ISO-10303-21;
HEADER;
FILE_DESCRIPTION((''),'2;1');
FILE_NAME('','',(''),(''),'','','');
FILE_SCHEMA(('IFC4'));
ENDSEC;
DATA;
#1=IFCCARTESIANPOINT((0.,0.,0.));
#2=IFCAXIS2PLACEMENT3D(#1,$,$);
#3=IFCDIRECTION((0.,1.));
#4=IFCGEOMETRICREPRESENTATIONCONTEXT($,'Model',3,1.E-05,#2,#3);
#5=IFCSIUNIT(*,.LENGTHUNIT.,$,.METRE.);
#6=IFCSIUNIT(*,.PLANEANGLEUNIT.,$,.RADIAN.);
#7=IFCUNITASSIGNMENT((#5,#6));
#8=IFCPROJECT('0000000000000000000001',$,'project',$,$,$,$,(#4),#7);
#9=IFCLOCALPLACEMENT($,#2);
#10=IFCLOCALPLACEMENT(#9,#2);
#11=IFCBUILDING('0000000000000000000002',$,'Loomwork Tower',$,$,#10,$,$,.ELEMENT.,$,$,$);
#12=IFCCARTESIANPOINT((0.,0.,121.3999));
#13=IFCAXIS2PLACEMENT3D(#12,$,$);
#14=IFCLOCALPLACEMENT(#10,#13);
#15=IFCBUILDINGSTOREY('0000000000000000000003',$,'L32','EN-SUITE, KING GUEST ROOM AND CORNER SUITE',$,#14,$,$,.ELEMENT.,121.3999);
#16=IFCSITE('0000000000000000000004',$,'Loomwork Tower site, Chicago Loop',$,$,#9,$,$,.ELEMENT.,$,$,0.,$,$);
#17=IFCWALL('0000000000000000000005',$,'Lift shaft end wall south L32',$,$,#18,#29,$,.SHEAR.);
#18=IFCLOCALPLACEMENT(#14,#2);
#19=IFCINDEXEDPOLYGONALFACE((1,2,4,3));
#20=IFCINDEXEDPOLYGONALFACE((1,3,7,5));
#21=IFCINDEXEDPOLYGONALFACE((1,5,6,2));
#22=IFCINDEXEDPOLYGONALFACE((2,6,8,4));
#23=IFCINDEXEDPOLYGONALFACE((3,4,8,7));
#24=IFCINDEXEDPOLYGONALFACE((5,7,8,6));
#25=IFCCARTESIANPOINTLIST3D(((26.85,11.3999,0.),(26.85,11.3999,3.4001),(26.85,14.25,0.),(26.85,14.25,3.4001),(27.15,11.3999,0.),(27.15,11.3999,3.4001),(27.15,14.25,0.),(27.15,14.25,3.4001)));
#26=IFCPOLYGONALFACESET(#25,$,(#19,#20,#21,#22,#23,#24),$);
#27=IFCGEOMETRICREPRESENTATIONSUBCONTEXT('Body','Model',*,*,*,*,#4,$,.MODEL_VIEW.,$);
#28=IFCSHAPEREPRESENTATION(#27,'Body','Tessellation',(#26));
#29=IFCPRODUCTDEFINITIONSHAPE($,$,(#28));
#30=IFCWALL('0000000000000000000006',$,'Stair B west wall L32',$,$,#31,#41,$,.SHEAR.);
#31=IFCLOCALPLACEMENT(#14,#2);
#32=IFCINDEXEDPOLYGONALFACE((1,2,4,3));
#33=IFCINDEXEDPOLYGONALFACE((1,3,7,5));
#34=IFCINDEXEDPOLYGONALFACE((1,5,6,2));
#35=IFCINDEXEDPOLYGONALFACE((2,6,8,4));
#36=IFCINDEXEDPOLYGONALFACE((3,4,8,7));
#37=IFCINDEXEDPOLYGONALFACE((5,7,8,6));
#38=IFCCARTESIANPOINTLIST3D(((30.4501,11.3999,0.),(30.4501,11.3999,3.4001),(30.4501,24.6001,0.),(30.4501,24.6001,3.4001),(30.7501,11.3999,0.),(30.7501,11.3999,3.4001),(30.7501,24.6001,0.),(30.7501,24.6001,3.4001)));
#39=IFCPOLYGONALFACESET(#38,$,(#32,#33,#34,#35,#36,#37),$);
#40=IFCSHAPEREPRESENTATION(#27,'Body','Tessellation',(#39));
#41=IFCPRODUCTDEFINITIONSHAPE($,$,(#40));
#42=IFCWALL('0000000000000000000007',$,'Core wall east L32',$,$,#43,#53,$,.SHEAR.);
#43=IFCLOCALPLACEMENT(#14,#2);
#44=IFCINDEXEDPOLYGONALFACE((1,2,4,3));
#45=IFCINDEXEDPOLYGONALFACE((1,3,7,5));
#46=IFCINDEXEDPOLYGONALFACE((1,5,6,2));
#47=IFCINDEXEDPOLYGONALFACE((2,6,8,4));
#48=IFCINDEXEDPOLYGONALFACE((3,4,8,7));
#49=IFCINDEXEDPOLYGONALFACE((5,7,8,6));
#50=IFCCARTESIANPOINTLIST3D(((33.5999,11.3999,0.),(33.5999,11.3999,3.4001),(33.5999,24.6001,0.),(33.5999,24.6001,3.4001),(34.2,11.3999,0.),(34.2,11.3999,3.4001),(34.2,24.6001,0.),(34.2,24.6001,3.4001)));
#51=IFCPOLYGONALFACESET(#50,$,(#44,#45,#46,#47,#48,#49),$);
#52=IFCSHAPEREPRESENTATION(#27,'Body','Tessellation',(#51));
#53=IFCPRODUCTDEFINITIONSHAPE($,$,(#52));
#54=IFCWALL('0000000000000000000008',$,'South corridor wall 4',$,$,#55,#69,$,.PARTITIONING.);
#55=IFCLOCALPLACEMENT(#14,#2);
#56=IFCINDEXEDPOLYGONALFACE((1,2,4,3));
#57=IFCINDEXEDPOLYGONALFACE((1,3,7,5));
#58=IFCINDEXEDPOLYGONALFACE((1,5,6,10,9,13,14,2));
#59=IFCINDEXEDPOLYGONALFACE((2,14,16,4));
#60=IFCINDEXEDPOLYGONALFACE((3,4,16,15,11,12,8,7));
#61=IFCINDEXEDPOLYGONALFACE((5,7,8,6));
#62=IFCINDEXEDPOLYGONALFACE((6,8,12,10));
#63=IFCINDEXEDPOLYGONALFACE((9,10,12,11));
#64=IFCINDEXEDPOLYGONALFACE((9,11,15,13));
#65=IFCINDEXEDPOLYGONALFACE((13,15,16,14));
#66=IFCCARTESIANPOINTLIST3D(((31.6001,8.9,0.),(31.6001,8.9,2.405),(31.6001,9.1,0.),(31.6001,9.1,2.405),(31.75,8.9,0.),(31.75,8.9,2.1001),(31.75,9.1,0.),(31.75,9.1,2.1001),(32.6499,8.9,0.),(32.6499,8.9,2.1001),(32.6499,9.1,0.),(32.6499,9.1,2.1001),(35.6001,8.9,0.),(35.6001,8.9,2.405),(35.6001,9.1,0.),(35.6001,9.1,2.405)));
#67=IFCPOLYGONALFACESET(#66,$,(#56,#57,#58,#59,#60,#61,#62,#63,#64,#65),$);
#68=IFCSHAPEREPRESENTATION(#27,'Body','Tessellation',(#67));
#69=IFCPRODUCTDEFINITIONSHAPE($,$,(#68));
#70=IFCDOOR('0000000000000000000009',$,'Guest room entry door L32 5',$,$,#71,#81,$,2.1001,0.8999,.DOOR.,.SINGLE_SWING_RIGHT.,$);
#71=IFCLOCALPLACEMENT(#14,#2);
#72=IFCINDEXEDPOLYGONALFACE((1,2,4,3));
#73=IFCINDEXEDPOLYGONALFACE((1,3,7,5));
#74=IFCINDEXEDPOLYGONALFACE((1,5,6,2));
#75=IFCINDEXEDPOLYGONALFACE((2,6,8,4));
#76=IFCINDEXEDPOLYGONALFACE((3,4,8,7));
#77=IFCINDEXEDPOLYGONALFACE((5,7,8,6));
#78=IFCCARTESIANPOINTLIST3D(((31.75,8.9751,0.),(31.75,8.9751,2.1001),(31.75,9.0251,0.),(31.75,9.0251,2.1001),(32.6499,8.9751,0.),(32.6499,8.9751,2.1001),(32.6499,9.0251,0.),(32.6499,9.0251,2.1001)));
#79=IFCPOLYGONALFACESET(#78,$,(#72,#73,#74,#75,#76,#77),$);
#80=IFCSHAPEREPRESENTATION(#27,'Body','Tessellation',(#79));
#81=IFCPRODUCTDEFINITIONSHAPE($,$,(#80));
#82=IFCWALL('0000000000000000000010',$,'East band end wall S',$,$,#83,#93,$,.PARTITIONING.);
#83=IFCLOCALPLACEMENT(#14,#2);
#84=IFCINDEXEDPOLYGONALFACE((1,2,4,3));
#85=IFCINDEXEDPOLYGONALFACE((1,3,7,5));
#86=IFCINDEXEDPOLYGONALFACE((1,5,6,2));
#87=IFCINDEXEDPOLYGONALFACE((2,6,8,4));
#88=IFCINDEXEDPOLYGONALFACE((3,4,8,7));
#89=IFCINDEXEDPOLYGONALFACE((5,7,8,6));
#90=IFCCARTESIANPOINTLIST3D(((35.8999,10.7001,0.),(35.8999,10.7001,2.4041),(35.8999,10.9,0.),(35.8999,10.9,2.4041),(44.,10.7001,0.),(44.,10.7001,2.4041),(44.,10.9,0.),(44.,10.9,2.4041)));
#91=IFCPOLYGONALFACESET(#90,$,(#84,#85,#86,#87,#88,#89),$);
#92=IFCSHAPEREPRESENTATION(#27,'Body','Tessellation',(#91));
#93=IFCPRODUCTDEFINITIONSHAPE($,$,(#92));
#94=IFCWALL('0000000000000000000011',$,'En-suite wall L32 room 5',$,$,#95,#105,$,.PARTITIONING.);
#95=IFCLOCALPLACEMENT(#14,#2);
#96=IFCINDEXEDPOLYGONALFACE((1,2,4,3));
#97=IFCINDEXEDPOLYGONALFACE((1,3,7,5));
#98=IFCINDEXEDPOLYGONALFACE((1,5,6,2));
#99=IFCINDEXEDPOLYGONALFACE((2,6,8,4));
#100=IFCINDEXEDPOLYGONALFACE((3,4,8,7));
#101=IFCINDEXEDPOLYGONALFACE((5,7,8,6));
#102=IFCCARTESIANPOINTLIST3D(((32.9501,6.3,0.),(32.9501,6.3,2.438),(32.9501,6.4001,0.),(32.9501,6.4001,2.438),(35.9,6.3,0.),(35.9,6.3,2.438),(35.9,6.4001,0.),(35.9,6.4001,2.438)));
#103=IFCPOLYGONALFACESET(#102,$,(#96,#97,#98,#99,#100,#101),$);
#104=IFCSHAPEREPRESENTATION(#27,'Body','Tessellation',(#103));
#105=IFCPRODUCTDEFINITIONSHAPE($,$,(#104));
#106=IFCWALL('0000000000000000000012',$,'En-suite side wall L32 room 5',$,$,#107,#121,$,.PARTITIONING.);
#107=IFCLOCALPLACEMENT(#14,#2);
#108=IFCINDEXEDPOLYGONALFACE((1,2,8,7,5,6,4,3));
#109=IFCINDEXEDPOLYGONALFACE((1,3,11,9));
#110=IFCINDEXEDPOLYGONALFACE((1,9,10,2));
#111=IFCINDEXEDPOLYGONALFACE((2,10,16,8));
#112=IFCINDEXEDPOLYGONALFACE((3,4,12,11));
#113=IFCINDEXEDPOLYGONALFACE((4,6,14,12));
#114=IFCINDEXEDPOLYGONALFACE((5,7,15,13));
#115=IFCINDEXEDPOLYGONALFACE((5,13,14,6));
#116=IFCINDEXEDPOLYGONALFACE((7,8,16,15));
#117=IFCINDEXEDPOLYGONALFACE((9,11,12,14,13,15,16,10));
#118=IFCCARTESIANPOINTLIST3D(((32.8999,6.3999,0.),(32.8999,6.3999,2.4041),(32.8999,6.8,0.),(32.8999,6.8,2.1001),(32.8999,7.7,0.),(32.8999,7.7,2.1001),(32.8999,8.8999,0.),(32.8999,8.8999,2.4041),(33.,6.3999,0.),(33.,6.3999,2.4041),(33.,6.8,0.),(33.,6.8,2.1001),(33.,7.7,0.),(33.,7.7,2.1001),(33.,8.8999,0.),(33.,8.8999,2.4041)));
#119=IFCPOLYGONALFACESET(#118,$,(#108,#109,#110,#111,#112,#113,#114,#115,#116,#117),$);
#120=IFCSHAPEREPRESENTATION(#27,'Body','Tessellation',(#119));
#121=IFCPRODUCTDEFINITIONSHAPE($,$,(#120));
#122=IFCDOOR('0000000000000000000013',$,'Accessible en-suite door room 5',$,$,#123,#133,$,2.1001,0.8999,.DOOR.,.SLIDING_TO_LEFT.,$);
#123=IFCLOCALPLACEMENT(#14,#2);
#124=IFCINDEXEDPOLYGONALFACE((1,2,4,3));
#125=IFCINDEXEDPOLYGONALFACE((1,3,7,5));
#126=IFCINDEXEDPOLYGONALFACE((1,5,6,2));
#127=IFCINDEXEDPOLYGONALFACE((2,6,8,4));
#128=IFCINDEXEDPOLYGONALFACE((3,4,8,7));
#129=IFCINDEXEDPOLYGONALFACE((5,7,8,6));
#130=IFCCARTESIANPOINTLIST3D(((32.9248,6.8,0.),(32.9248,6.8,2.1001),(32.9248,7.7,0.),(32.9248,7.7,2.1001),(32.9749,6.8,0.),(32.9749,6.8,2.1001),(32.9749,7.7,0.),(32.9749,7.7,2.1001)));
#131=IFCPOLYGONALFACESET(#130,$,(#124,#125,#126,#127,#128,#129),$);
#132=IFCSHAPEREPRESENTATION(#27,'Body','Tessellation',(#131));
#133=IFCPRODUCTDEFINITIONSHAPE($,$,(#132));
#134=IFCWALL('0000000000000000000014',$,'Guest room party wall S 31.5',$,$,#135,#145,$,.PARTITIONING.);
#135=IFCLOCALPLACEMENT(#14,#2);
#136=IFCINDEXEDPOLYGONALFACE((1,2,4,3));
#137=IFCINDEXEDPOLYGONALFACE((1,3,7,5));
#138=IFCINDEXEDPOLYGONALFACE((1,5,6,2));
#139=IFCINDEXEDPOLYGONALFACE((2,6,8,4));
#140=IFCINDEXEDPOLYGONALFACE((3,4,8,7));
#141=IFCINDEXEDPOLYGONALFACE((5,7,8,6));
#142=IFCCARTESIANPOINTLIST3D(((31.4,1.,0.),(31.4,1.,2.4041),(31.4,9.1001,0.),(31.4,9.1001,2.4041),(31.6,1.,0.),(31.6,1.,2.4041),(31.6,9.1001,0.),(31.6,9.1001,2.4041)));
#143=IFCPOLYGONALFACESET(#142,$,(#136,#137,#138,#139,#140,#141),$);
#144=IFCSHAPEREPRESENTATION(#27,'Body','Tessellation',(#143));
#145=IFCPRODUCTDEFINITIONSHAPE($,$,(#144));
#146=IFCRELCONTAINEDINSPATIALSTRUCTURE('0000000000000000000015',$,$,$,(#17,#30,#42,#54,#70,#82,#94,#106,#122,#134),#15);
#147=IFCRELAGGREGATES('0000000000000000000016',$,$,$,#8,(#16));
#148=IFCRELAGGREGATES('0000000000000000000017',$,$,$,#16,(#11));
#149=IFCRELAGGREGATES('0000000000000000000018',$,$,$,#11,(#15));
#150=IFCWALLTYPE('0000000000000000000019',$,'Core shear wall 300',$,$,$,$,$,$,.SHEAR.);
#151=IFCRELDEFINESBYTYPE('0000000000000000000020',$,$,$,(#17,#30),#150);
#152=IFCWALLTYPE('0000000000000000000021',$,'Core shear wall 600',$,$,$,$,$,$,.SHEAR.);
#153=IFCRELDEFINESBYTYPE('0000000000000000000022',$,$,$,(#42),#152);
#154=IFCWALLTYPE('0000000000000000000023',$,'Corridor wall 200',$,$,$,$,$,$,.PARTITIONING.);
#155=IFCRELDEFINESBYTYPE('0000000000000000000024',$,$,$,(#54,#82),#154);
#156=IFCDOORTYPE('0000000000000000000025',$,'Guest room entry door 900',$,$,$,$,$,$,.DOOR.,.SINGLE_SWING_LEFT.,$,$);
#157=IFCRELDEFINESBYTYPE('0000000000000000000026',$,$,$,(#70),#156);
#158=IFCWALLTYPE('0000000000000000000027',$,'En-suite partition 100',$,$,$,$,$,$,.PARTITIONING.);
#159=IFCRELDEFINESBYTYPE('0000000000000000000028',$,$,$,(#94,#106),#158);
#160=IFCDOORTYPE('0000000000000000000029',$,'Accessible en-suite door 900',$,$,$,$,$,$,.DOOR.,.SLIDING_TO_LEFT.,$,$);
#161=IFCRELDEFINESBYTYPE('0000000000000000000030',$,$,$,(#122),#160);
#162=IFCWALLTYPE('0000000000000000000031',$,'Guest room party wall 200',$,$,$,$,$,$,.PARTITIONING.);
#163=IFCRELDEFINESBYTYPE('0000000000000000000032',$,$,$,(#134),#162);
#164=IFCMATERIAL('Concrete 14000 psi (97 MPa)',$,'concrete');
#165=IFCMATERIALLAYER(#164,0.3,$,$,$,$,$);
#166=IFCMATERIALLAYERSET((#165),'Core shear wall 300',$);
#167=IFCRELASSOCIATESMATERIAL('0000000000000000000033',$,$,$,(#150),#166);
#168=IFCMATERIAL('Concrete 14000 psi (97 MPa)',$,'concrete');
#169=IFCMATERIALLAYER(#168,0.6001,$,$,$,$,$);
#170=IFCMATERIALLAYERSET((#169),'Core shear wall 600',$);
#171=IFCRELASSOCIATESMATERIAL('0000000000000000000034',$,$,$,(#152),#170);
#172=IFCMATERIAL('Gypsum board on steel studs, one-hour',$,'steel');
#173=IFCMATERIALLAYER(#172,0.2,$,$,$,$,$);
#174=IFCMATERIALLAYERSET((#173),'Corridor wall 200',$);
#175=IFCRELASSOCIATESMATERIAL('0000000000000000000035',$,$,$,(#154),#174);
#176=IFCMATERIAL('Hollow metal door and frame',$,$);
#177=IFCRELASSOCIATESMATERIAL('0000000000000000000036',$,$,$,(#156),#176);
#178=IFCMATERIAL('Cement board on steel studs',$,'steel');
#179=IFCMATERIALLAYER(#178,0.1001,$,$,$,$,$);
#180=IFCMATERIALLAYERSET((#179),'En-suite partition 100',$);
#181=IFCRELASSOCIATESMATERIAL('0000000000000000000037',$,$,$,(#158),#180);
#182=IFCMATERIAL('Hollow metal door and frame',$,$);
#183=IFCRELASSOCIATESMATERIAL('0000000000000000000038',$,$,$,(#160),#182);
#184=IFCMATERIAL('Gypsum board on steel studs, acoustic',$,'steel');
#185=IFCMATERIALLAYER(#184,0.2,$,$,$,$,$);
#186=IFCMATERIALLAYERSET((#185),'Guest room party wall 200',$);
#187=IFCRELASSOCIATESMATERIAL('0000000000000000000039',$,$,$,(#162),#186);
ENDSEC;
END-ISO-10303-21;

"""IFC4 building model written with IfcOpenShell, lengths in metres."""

from ifc_helpers import new_model, si_unit, direction, frame, frame_2d, origin, place, context, subcontext, project, spatial, rectangle, extrude, material, layer, layer_set, type_object, element, fill, save


model = new_model("IFC4")

# Units and contexts
model_context = context("Model", 3, precision=1e-05, world=origin(), true_north=direction((0.0, 1.0)))
body_context = subcontext(model_context, "Body", "Model", "MODEL_VIEW")
ifc_project = project(units=[si_unit("LENGTHUNIT", "METRE"), si_unit("PLANEANGLEUNIT", "RADIAN")], contexts=[model_context])

# Site, building, storey
site_placement = place(None, origin())
site = spatial("IfcSite", under=ifc_project, at=site_placement, Name="Loomwork Tower site, Chicago Loop", CompositionType="ELEMENT", RefElevation=0.0)
building_placement = place(site_placement, origin())
building = spatial("IfcBuilding", under=site, at=building_placement, Name="Loomwork Tower", CompositionType="ELEMENT")
storey_placement = place(building_placement, frame((0.0, 0.0, 121.3999)))
storey = spatial("IfcBuildingStorey", under=building, at=storey_placement, Name="L32", Description="EN-SUITE, KING GUEST ROOM AND CORNER SUITE", CompositionType="ELEMENT", Elevation=121.3999)

# Walls
ifc_material_1 = material(Name="Concrete 14000 psi (97 MPa)", Category="concrete")
ifc_layer_1 = layer(ifc_material_1, 0.3)
ifc_layer_set_1 = layer_set([ifc_layer_1], Name="Core shear wall 300")
wall_type_1 = type_object("IfcWallType", Name="Core shear wall 300", PredefinedType="SHEAR", material=ifc_layer_set_1)
wall_1_placement = place(storey_placement, frame((27.0, 11.3999, 0.0), z_axis=(0.0, 0.0, 1.0), x_axis=(0.0, 1.0, 0.0)))
element("IfcWall", 1, at=wall_1_placement, inside=storey, type_object=wall_type_1, Name="Lift shaft end wall south L32", PredefinedType="SHEAR", context=body_context, shape_type="SweptSolid", body=[
    extrude(rectangle(XDim=2.8501, YDim=0.3, at=frame_2d((1.425, 0.0))), origin(), (0.0, 0.0, 1.0), 3.4001),
])
wall_2_placement = place(storey_placement, frame((30.6001, 11.3999, 0.0), z_axis=(0.0, 0.0, 1.0), x_axis=(0.0, 1.0, 0.0)))
element("IfcWall", 2, at=wall_2_placement, inside=storey, type_object=wall_type_1, Name="Stair B west wall L32", PredefinedType="SHEAR", context=body_context, shape_type="SweptSolid", body=[
    extrude(rectangle(XDim=13.2002, YDim=0.3, at=frame_2d((6.6001, 0.0))), origin(), (0.0, 0.0, 1.0), 3.4001),
])
ifc_material_2 = material(Name="Concrete 14000 psi (97 MPa)", Category="concrete")
ifc_layer_2 = layer(ifc_material_2, 0.6001)
ifc_layer_set_2 = layer_set([ifc_layer_2], Name="Core shear wall 600")
wall_type_2 = type_object("IfcWallType", Name="Core shear wall 600", PredefinedType="SHEAR", material=ifc_layer_set_2)
wall_3_placement = place(storey_placement, frame((33.8999, 11.3999, 0.0), z_axis=(0.0, 0.0, 1.0), x_axis=(0.0, 1.0, 0.0)))
element("IfcWall", 3, at=wall_3_placement, inside=storey, type_object=wall_type_2, Name="Core wall east L32", PredefinedType="SHEAR", context=body_context, shape_type="SweptSolid", body=[
    extrude(rectangle(XDim=13.2002, YDim=0.6001, at=frame_2d((6.6001, 0.0))), origin(), (0.0, 0.0, 1.0), 3.4001),
])

# Wall, opening, door
ifc_material_3 = material(Name="Gypsum board on steel studs, one-hour", Category="steel")
ifc_layer_3 = layer(ifc_material_3, 0.2)
ifc_layer_set_3 = layer_set([ifc_layer_3], Name="Corridor wall 200")
wall_type_3 = type_object("IfcWallType", Name="Corridor wall 200", PredefinedType="PARTITIONING", material=ifc_layer_set_3)
wall_4_placement = place(storey_placement, frame((31.6001, 9.0, 0.0), z_axis=(0.0, 0.0, 1.0), x_axis=(1.0, 0.0, 0.0)))
wall_4 = element("IfcWall", 4, at=wall_4_placement, inside=storey, type_object=wall_type_3, Name="South corridor wall 4", PredefinedType="PARTITIONING", context=body_context, shape_type="SweptSolid", body=[
    extrude(rectangle(XDim=4.0, YDim=0.2, at=frame_2d((2.0, 0.0))), origin(), (0.0, 0.0, 1.0), 2.405),
])
opening_1_placement = place(wall_4_placement, frame((0.1499, 0.0, 0.0)))
opening_1 = element("IfcOpeningElement", 5, at=opening_1_placement, cuts=wall_4, PredefinedType="OPENING", context=body_context, shape_type="SweptSolid", body=[
    extrude(rectangle(XDim=0.8999, YDim=2.1001, at=frame_2d((0.45, 1.05))), frame((0.0, 0.1099, 0.0), z_axis=(0.0, -1.0, 0.0), x_axis=(1.0, 0.0, 0.0)), (0.0, 0.0, 1.0), 0.22),
])
ifc_material_4 = material(Name="Hollow metal door and frame")
door_type_1 = type_object("IfcDoorType", Name="Guest room entry door 900", OperationType="SINGLE_SWING_LEFT", PredefinedType="DOOR", material=ifc_material_4)
door_1_placement = place(opening_1_placement, frame((0.8999, 0.0, 0.0), z_axis=(0.0, 0.0, 1.0), x_axis=(-1.0, 0.0, 0.0)))
door_1 = element("IfcDoor", 6, at=door_1_placement, inside=storey, type_object=door_type_1, Name="Guest room entry door L32 5", OperationType="SINGLE_SWING_RIGHT", OverallHeight=2.1001, OverallWidth=0.8999, PredefinedType="DOOR", context=body_context, shape_type="SweptSolid", body=[
    extrude(rectangle(XDim=0.8999, YDim=2.1001, at=frame_2d((0.45, 1.05))), frame((0.0, 0.0249, 0.0), z_axis=(0.0, -1.0, 0.0), x_axis=(1.0, 0.0, 0.0)), (0.0, 0.0, 1.0), 0.05),
])
fill(opening_1, door_1)

# Walls
wall_5_placement = place(storey_placement, frame((35.8999, 10.8, 0.0), z_axis=(0.0, 0.0, 1.0), x_axis=(1.0, 0.0, 0.0)))
element("IfcWall", 7, at=wall_5_placement, inside=storey, type_object=wall_type_3, Name="East band end wall S", PredefinedType="PARTITIONING", context=body_context, shape_type="SweptSolid", body=[
    extrude(rectangle(XDim=8.1001, YDim=0.2, at=frame_2d((4.05, 0.0))), origin(), (0.0, 0.0, 1.0), 2.4041),
])
ifc_material_5 = material(Name="Cement board on steel studs", Category="steel")
ifc_layer_4 = layer(ifc_material_5, 0.1001)
ifc_layer_set_4 = layer_set([ifc_layer_4], Name="En-suite partition 100")
wall_type_4 = type_object("IfcWallType", Name="En-suite partition 100", PredefinedType="PARTITIONING", material=ifc_layer_set_4)
wall_6_placement = place(storey_placement, frame((32.95, 6.3501, 0.0), z_axis=(0.0, 0.0, 1.0), x_axis=(1.0, 0.0, 0.0)))
element("IfcWall", 8, at=wall_6_placement, inside=storey, type_object=wall_type_4, Name="En-suite wall L32 room 5", PredefinedType="PARTITIONING", context=body_context, shape_type="SweptSolid", body=[
    extrude(rectangle(XDim=2.95, YDim=0.1001, at=frame_2d((1.4751, 0.0))), origin(), (0.0, 0.0, 1.0), 2.438),
])

# Wall, opening, door
wall_7_placement = place(storey_placement, frame((32.95, 8.8999, 0.0), z_axis=(0.0, 0.0, 1.0), x_axis=(0.0, -1.0, 0.0)))
wall_7 = element("IfcWall", 9, at=wall_7_placement, inside=storey, type_object=wall_type_4, Name="En-suite side wall L32 room 5", PredefinedType="PARTITIONING", context=body_context, shape_type="SweptSolid", body=[
    extrude(rectangle(XDim=2.5, YDim=0.1001, at=frame_2d((1.25, 0.0))), origin(), (0.0, 0.0, 1.0), 2.4041),
])
opening_2_placement = place(wall_7_placement, frame((1.2, 0.0, 0.0)))
opening_2 = element("IfcOpeningElement", 10, at=opening_2_placement, cuts=wall_7, PredefinedType="OPENING", context=body_context, shape_type="SweptSolid", body=[
    extrude(rectangle(XDim=0.8999, YDim=2.1001, at=frame_2d((0.45, 1.05))), frame((0.0, 0.0601, 0.0), z_axis=(0.0, -1.0, 0.0), x_axis=(1.0, 0.0, 0.0)), (0.0, 0.0, 1.0), 0.1201),
])
ifc_material_6 = material(Name="Hollow metal door and frame")
door_type_2 = type_object("IfcDoorType", Name="Accessible en-suite door 900", OperationType="SLIDING_TO_LEFT", PredefinedType="DOOR", material=ifc_material_6)
door_2_placement = place(opening_2_placement, origin())
door_2 = element("IfcDoor", 11, at=door_2_placement, inside=storey, type_object=door_type_2, Name="Accessible en-suite door room 5", OperationType="SLIDING_TO_LEFT", OverallHeight=2.1001, OverallWidth=0.8999, PredefinedType="DOOR", context=body_context, shape_type="SweptSolid", body=[
    extrude(rectangle(XDim=0.8999, YDim=2.1001, at=frame_2d((0.45, 1.05))), frame((0.0, 0.0249, 0.0), z_axis=(0.0, -1.0, 0.0), x_axis=(1.0, 0.0, 0.0)), (0.0, 0.0, 1.0), 0.05),
])
fill(opening_2, door_2)

# Wall
ifc_material_7 = material(Name="Gypsum board on steel studs, acoustic", Category="steel")
ifc_layer_5 = layer(ifc_material_7, 0.2)
ifc_layer_set_5 = layer_set([ifc_layer_5], Name="Guest room party wall 200")
wall_type_5 = type_object("IfcWallType", Name="Guest room party wall 200", PredefinedType="PARTITIONING", material=ifc_layer_set_5)
wall_8_placement = place(storey_placement, frame((31.5, 9.1001, 0.0), z_axis=(0.0, 0.0, 1.0), x_axis=(0.0, -1.0, 0.0)))
element("IfcWall", 12, at=wall_8_placement, inside=storey, type_object=wall_type_5, Name="Guest room party wall S 31.5", PredefinedType="PARTITIONING", context=body_context, shape_type="SweptSolid", body=[
    extrude(rectangle(XDim=8.1001, YDim=0.2, at=frame_2d((4.05, 0.0))), origin(), (0.0, 0.0, 1.0), 2.4041),
])

save(model, "model.ifc")
